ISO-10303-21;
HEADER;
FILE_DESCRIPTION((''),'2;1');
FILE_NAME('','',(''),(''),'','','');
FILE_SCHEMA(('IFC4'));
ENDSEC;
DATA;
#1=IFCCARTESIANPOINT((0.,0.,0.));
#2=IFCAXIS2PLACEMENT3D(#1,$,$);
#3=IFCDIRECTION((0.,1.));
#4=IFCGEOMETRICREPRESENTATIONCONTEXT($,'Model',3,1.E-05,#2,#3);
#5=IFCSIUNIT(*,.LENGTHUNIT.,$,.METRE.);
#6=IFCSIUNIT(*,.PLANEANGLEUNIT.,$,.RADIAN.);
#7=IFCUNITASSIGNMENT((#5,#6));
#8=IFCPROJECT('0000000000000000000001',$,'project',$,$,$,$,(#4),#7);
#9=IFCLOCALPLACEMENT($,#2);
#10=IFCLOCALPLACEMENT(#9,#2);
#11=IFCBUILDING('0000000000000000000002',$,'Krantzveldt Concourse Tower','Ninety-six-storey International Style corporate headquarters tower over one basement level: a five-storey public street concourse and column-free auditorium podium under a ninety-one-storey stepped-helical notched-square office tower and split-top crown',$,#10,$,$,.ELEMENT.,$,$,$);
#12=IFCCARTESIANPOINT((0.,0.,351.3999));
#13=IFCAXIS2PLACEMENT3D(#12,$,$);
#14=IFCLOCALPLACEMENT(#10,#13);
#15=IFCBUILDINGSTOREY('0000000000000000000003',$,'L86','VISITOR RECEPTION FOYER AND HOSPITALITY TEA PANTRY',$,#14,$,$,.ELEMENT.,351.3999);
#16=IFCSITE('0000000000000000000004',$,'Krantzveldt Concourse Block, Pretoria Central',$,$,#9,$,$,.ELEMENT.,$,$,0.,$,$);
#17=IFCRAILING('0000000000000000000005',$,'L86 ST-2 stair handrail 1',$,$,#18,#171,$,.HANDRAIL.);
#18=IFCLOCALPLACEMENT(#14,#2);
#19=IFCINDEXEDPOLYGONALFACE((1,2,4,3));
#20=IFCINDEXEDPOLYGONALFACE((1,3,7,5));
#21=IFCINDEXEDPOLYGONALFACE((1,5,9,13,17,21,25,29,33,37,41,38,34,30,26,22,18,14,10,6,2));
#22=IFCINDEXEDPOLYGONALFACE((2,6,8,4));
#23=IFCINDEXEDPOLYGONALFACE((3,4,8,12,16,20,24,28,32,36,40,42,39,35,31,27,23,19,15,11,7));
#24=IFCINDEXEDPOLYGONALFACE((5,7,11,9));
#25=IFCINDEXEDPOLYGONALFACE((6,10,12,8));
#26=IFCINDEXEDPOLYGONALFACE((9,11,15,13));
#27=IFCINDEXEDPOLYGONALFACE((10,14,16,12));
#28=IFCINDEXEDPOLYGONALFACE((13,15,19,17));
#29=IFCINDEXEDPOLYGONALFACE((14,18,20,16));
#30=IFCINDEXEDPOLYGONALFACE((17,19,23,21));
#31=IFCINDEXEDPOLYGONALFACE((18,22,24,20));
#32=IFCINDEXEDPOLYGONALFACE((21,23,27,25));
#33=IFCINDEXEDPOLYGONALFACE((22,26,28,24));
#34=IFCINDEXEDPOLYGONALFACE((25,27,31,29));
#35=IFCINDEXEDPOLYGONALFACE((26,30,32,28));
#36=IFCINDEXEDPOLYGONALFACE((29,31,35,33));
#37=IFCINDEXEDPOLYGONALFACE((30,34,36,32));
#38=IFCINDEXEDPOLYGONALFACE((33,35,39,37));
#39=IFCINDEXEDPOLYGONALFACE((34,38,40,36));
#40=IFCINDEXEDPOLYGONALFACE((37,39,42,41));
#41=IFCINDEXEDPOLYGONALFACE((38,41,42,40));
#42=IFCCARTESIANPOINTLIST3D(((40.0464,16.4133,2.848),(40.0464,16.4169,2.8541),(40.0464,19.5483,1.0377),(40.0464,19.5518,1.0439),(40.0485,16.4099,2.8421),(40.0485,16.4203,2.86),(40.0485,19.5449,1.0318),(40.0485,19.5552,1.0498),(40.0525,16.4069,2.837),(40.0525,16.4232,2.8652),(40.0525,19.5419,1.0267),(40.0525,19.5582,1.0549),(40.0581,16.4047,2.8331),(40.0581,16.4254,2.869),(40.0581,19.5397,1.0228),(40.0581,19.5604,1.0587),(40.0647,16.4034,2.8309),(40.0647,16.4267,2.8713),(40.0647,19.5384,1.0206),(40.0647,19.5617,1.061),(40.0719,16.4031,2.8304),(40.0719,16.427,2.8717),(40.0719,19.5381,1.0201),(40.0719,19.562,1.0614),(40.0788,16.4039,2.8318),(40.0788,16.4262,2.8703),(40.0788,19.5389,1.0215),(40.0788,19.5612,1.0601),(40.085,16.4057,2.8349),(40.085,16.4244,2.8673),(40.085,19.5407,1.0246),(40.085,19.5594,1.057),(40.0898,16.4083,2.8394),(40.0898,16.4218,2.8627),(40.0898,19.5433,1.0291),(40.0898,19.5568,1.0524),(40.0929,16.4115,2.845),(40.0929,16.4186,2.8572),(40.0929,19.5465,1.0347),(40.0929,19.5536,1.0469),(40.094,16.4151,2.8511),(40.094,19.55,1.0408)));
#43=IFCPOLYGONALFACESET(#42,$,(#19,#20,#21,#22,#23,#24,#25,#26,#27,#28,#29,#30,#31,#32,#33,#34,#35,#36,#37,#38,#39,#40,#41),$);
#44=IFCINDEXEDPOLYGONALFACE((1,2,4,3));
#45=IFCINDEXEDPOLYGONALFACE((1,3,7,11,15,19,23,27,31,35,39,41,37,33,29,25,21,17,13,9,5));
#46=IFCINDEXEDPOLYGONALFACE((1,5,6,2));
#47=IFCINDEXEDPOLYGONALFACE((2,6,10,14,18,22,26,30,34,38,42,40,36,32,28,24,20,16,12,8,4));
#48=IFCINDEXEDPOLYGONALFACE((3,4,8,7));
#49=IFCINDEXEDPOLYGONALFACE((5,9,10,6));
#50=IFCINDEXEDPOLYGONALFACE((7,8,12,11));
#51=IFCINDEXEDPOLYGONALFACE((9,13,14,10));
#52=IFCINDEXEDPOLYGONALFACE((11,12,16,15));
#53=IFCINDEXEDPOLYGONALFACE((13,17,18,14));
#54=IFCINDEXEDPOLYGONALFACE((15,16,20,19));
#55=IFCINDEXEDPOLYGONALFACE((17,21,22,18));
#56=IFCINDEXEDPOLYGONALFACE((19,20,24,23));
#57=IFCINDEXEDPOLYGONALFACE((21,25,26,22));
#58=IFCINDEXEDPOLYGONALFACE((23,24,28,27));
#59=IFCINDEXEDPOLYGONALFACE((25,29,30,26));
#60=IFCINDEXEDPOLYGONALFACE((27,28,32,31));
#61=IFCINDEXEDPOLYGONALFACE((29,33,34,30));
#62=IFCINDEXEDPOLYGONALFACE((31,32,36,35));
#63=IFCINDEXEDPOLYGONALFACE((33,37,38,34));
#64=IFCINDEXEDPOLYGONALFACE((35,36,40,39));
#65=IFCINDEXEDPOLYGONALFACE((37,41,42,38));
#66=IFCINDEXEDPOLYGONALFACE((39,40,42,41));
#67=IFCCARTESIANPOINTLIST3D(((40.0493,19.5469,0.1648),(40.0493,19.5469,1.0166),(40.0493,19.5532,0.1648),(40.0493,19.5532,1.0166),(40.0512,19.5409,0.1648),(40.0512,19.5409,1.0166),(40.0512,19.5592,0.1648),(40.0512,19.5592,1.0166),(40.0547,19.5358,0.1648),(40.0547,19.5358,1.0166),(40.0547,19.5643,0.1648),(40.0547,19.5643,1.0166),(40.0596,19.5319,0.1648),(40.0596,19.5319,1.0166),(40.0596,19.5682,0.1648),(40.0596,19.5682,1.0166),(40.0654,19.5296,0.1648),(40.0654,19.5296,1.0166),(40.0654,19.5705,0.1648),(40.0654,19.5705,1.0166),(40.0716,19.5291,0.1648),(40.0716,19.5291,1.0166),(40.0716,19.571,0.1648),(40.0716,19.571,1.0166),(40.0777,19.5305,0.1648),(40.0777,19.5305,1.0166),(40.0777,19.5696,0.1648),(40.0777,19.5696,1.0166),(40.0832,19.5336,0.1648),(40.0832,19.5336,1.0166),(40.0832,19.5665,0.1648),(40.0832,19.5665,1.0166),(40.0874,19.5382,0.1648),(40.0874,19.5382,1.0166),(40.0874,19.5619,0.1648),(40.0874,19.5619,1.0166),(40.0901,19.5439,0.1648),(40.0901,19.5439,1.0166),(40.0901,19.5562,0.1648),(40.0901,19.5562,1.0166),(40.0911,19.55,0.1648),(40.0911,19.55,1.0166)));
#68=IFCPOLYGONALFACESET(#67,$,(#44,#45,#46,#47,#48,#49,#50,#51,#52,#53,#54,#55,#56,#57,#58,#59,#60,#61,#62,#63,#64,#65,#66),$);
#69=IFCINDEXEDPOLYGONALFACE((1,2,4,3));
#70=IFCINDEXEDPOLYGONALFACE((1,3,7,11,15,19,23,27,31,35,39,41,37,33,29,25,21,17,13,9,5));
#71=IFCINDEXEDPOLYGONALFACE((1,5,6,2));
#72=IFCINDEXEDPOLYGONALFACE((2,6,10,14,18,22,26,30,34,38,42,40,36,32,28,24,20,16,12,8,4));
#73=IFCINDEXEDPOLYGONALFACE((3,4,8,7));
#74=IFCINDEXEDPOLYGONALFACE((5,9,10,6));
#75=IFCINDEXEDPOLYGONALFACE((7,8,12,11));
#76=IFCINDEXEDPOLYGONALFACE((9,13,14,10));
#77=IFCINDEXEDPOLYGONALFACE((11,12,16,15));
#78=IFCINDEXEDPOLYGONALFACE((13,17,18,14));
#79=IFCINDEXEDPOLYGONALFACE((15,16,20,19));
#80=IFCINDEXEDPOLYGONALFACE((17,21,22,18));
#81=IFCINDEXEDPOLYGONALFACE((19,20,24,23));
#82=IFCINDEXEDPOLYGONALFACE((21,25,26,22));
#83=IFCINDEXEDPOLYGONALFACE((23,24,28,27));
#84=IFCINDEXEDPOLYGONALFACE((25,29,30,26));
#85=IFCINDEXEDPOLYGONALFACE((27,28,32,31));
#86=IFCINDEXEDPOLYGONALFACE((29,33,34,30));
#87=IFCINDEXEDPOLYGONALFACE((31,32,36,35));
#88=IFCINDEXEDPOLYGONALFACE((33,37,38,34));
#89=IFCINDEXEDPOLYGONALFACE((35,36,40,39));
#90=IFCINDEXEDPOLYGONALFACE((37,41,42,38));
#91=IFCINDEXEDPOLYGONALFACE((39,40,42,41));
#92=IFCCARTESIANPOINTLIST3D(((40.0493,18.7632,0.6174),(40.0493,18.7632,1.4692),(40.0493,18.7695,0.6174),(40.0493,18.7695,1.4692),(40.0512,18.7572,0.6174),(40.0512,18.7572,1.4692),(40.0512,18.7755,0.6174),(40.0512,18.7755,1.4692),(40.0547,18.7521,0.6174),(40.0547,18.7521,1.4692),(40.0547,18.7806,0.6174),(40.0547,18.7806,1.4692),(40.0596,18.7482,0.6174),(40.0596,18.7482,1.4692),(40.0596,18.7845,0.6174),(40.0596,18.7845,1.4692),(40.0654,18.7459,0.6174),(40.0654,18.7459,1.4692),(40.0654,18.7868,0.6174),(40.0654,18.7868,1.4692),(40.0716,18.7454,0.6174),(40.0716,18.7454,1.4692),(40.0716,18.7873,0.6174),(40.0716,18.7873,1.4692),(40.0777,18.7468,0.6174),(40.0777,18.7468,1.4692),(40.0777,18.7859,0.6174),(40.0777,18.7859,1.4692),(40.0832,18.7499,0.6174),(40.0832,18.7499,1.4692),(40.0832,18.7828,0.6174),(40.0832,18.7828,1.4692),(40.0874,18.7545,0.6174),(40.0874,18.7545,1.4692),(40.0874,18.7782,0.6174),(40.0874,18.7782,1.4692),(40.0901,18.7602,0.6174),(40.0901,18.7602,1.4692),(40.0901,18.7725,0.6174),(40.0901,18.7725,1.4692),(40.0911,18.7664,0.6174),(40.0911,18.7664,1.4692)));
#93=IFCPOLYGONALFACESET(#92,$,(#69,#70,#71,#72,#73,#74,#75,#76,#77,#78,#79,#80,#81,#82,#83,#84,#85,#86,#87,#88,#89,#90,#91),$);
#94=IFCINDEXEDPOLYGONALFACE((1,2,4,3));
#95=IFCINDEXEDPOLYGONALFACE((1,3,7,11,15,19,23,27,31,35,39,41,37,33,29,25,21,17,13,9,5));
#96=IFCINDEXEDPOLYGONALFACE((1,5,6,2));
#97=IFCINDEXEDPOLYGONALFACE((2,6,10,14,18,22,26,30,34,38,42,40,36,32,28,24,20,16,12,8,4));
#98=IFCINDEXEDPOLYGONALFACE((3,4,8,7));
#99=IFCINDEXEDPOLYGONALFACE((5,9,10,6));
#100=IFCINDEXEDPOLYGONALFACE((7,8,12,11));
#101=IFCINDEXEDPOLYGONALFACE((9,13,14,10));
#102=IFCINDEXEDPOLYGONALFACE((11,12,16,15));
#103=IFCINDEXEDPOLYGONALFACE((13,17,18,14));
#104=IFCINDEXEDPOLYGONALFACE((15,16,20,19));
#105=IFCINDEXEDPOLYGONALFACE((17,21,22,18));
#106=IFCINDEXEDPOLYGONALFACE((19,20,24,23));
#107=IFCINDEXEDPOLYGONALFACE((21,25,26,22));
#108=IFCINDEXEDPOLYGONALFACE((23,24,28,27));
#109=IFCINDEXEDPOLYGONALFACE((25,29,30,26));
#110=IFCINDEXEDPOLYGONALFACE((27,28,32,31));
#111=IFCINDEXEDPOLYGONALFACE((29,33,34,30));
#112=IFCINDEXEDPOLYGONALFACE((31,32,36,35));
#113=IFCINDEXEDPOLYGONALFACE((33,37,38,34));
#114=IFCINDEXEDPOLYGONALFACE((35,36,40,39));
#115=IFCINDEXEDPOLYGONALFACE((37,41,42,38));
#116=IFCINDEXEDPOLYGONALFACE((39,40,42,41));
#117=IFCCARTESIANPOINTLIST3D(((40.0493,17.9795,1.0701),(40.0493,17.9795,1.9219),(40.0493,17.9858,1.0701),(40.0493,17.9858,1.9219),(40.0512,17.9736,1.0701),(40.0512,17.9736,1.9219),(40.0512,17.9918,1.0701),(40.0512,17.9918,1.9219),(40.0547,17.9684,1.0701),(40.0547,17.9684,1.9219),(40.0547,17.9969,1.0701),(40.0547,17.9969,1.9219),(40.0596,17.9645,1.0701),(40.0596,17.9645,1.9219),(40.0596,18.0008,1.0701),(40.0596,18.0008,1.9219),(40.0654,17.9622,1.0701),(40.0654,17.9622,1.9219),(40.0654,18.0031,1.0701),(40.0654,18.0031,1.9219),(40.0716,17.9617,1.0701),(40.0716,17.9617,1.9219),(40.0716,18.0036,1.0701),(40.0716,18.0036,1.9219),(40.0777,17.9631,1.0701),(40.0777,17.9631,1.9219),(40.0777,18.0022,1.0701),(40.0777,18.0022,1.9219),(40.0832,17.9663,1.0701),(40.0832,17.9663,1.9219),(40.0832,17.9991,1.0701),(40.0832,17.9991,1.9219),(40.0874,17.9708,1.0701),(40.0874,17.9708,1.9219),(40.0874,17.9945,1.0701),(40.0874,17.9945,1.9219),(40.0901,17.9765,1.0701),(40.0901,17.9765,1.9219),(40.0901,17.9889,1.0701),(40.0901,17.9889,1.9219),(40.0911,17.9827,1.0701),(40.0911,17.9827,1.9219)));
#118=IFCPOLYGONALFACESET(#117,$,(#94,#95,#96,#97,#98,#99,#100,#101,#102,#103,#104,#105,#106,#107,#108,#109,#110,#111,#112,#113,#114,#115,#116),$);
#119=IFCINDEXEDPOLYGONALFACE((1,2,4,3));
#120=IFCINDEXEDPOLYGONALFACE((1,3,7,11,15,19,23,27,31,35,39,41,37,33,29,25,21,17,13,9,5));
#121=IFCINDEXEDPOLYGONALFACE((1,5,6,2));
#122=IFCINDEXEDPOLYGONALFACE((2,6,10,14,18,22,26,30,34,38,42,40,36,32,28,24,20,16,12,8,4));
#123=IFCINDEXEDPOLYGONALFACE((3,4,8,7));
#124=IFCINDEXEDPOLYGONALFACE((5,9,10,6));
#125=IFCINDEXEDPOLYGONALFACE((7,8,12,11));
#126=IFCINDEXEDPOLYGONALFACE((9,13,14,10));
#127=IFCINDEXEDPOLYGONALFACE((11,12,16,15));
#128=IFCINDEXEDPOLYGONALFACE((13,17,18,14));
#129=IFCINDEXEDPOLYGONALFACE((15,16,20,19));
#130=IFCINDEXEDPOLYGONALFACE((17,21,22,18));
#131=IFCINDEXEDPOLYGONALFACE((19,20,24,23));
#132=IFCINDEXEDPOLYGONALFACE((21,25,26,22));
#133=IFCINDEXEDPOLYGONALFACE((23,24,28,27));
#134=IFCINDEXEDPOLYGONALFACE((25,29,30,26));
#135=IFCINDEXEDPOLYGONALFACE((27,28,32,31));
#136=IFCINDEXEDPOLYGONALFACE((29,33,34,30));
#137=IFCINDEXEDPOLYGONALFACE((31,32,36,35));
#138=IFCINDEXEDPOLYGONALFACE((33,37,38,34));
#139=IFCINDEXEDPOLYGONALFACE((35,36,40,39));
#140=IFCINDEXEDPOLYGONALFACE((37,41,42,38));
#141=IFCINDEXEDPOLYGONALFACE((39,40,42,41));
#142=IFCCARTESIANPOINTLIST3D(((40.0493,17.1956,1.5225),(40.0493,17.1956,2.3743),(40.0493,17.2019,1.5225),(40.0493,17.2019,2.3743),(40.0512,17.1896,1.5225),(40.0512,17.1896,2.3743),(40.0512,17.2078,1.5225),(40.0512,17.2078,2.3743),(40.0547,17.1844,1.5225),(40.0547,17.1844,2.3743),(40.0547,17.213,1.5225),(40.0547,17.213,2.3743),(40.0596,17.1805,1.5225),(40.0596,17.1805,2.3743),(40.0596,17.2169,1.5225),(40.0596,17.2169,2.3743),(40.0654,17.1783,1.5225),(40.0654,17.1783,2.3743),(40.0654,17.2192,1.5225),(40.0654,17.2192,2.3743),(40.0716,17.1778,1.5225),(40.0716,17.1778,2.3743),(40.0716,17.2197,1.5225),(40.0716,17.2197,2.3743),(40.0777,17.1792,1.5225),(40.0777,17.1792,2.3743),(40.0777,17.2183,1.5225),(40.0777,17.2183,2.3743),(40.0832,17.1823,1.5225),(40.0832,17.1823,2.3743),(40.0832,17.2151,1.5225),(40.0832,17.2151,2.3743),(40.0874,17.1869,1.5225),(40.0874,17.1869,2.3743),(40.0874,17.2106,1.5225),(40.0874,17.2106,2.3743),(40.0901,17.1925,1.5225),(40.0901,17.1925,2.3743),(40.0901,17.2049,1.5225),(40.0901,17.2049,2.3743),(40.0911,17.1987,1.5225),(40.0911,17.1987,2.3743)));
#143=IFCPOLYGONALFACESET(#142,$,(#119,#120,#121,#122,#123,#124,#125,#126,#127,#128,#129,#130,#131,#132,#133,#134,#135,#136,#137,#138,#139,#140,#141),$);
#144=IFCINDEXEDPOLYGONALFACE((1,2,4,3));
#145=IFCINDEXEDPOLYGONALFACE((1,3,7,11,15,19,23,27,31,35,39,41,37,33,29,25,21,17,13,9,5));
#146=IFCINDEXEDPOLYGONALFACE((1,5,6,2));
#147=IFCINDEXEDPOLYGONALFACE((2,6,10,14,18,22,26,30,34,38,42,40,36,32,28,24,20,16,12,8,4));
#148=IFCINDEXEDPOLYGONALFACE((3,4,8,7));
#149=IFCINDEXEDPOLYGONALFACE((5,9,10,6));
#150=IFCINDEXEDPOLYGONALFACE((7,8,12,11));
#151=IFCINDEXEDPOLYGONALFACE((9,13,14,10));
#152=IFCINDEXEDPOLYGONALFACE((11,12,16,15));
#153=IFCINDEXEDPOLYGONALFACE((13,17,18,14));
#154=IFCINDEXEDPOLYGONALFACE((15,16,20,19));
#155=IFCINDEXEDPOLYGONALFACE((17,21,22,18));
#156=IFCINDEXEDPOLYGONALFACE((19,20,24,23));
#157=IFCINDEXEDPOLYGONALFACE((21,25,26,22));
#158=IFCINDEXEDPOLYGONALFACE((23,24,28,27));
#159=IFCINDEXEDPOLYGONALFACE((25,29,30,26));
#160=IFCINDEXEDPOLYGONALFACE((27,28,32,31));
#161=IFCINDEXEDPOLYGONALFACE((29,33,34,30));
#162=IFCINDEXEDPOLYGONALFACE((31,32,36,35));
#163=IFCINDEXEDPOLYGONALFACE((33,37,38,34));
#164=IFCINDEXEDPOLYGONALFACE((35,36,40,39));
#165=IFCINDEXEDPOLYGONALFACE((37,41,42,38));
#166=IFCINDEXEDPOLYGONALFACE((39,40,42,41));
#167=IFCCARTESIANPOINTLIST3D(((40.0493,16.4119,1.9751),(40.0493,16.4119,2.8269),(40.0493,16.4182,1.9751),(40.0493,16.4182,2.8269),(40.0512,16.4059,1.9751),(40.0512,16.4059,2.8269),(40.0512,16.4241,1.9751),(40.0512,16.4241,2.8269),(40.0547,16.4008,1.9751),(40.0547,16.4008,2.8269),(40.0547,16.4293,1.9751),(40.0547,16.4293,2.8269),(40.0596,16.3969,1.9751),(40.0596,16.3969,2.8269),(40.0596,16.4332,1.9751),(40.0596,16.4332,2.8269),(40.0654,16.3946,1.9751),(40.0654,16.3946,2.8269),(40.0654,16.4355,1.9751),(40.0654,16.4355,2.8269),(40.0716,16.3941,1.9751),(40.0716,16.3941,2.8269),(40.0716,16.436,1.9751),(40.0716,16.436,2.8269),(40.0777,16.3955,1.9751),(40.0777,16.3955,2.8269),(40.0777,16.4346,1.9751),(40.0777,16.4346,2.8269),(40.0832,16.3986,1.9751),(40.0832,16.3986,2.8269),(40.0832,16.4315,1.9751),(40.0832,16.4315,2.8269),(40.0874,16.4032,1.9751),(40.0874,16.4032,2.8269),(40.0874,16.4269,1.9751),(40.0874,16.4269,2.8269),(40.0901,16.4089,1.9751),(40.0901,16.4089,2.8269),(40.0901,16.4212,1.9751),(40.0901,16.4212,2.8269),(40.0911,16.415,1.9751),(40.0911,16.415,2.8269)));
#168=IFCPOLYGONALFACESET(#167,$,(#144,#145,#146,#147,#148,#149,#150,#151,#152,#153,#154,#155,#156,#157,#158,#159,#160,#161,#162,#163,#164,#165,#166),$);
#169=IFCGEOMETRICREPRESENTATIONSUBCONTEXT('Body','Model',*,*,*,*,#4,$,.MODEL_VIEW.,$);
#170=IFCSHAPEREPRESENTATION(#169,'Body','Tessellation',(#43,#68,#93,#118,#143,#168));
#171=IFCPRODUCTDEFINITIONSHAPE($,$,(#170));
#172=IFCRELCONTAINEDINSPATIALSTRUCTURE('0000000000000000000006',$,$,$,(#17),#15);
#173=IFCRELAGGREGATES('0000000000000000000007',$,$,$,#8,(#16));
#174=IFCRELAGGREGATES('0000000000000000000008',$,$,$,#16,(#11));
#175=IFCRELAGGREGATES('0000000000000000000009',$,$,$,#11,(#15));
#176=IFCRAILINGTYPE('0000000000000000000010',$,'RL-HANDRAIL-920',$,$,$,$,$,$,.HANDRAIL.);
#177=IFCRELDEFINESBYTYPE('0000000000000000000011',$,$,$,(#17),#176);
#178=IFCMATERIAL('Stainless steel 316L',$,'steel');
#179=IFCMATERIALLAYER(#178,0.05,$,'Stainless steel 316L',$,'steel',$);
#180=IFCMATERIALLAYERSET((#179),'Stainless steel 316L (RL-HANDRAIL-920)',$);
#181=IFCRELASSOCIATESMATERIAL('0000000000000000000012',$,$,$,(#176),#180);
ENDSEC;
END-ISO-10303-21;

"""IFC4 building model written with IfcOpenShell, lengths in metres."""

from ifc_helpers import new_model, si_unit, direction, frame, origin, origin_2d, place, context, subcontext, project, spatial, circle, extrude, material, layer, layer_set, type_object, element, save


model = new_model("IFC4")

# Units and contexts
model_context = context("Model", 3, precision=1e-05, world=origin(), true_north=direction((0.0, 1.0)))
body_context = subcontext(model_context, "Body", "Model", "MODEL_VIEW")
ifc_project = project(units=[si_unit("LENGTHUNIT", "METRE"), si_unit("PLANEANGLEUNIT", "RADIAN")], contexts=[model_context])

# Site, building, storey
site_placement = place(None, origin())
site = spatial("IfcSite", under=ifc_project, at=site_placement, Name="Krantzveldt Concourse Block, Pretoria Central", CompositionType="ELEMENT", RefElevation=0.0)
building_placement = place(site_placement, origin())
building = spatial("IfcBuilding", under=site, at=building_placement, Name="Krantzveldt Concourse Tower", Description="Ninety-six-storey International Style corporate headquarters tower over one basement level: a five-storey public street concourse and column-free auditorium podium under a ninety-one-storey stepped-helical notched-square office tower and split-top crown", CompositionType="ELEMENT")
storey_placement = place(building_placement, frame((0.0, 0.0, 351.3999)))
storey = spatial("IfcBuildingStorey", under=building, at=storey_placement, Name="L86", Description="VISITOR RECEPTION FOYER AND HOSPITALITY TEA PANTRY", CompositionType="ELEMENT", Elevation=351.3999)

# Shared definitions
ifc_material_1 = material(Name="Stainless steel 316L", Category="steel")

# Railing
ifc_layer_1 = layer(ifc_material_1, 0.05, Name="Stainless steel 316L", Category="steel")
ifc_layer_set_1 = layer_set([ifc_layer_1], Name="Stainless steel 316L (RL-HANDRAIL-920)")
railing_type_1 = type_object("IfcRailingType", Name="RL-HANDRAIL-920", PredefinedType="HANDRAIL", material=ifc_layer_set_1)
railing_1_placement = place(storey_placement, frame((40.0701, 19.55, 0.1648)))
element("IfcRailing", 1, at=railing_1_placement, inside=storey, type_object=railing_type_1, Name="L86 ST-2 stair handrail 1", PredefinedType="HANDRAIL", context=body_context, shape_type="SweptSolid", body=[
    extrude(circle(Radius=0.0239, at=origin_2d()), frame((0.0, 0.0, 0.876), z_axis=(0.0, -0.865989, 0.500063), x_axis=(1.0, 0.0, 0.0)), (0.0, 0.0, 1.0), 3.6201),
    extrude(circle(Radius=0.021, at=origin_2d()), origin(), (0.0, 0.0, 1.0), 0.8518),
    extrude(circle(Radius=0.021, at=origin_2d()), frame((0.0, -0.7837, 0.4526)), (0.0, 0.0, 1.0), 0.8518),
    extrude(circle(Radius=0.021, at=origin_2d()), frame((0.0, -1.5674, 0.9053)), (0.0, 0.0, 1.0), 0.8518),
    extrude(circle(Radius=0.021, at=origin_2d()), frame((0.0, -2.3513, 1.3577)), (0.0, 0.0, 1.0), 0.8518),
    extrude(circle(Radius=0.021, at=origin_2d()), frame((0.0, -3.135, 1.8103)), (0.0, 0.0, 1.0), 0.8518),
])

save(model, "model.ifc")
